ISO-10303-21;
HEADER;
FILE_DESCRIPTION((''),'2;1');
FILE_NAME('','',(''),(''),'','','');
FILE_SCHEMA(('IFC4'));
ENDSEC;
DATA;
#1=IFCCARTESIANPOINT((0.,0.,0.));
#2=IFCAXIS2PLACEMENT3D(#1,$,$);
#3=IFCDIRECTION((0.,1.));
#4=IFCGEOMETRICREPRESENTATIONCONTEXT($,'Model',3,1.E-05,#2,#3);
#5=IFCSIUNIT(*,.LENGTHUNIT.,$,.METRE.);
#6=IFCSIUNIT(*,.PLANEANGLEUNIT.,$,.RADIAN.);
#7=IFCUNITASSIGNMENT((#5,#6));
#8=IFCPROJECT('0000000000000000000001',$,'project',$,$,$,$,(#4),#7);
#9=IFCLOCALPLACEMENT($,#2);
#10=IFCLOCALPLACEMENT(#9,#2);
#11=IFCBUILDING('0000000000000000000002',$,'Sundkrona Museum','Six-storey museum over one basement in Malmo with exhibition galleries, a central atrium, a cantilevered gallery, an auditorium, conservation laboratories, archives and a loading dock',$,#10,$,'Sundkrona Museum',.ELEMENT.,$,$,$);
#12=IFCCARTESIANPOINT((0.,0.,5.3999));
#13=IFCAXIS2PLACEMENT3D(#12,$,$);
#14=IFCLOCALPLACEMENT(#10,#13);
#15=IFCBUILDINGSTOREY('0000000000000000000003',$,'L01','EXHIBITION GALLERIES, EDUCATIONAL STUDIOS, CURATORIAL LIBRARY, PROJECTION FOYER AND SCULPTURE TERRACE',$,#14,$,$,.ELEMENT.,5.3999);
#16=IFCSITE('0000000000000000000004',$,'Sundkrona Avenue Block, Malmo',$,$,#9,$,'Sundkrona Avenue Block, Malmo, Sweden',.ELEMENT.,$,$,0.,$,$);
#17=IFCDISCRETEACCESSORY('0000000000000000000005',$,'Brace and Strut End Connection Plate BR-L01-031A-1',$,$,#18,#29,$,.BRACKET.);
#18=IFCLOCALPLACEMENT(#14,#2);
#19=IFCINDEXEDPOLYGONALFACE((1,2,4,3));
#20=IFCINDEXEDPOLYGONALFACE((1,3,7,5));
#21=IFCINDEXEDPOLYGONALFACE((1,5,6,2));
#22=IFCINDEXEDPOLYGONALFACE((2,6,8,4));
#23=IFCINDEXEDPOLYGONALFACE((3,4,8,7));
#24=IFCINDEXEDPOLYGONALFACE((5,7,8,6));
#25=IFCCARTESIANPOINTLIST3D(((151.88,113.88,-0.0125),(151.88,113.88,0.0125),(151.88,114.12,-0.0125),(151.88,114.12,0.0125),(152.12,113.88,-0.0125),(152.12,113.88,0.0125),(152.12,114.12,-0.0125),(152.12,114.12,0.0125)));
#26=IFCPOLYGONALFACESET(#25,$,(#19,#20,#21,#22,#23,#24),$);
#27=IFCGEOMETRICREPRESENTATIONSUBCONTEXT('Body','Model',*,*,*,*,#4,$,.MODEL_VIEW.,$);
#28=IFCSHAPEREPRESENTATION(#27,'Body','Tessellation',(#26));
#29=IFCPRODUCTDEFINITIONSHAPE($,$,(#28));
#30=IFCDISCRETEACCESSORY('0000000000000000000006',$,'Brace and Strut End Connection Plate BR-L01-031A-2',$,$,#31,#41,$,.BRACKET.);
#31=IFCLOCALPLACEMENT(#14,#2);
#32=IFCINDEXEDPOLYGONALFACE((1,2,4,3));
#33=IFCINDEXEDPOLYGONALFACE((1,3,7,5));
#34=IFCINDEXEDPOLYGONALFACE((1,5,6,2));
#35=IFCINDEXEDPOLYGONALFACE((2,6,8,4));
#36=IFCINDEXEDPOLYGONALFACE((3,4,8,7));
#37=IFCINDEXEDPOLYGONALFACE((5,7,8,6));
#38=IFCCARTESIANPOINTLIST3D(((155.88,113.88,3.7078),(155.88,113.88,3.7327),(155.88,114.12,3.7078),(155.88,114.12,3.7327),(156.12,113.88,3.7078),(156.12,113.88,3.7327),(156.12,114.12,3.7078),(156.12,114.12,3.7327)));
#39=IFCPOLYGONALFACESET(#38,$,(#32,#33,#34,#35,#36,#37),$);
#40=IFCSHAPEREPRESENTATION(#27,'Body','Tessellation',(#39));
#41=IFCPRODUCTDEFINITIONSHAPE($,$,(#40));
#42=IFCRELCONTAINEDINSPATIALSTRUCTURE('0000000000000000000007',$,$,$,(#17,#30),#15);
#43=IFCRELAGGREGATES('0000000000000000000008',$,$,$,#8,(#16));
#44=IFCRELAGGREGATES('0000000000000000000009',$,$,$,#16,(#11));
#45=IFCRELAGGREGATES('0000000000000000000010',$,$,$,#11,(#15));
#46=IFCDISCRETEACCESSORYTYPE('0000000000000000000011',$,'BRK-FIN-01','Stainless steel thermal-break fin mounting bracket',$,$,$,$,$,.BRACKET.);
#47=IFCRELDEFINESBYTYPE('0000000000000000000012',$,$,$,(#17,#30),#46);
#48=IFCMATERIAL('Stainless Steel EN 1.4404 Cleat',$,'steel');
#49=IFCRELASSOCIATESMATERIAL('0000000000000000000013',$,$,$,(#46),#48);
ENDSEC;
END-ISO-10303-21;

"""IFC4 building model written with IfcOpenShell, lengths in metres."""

from ifc_helpers import new_model, si_unit, direction, frame, origin, origin_2d, place, context, subcontext, project, spatial, rectangle, extrude, material, type_object, element, save


model = new_model("IFC4")

# Units and contexts
model_context = context("Model", 3, precision=1e-05, world=origin(), true_north=direction((0.0, 1.0)))
body_context = subcontext(model_context, "Body", "Model", "MODEL_VIEW")
ifc_project = project(units=[si_unit("LENGTHUNIT", "METRE"), si_unit("PLANEANGLEUNIT", "RADIAN")], contexts=[model_context])

# Site, building, storey
site_placement = place(None, origin())
site = spatial("IfcSite", under=ifc_project, at=site_placement, Name="Sundkrona Avenue Block, Malmo", LongName="Sundkrona Avenue Block, Malmo, Sweden", CompositionType="ELEMENT", RefElevation=0.0)
building_placement = place(site_placement, origin())
building = spatial("IfcBuilding", under=site, at=building_placement, Name="Sundkrona Museum", Description="Six-storey museum over one basement in Malmo with exhibition galleries, a central atrium, a cantilevered gallery, an auditorium, conservation laboratories, archives and a loading dock", LongName="Sundkrona Museum", CompositionType="ELEMENT")
storey_placement = place(building_placement, frame((0.0, 0.0, 5.3999)))
storey = spatial("IfcBuildingStorey", under=building, at=storey_placement, Name="L01", Description="EXHIBITION GALLERIES, EDUCATIONAL STUDIOS, CURATORIAL LIBRARY, PROJECTION FOYER AND SCULPTURE TERRACE", CompositionType="ELEMENT", Elevation=5.3999)

# Discrete accessories
ifc_material_1 = material(Name="Stainless Steel EN 1.4404 Cleat", Category="steel")
discrete_accessory_type = type_object("IfcDiscreteAccessoryType", Name="BRK-FIN-01", Description="Stainless steel thermal-break fin mounting bracket", PredefinedType="BRACKET", material=ifc_material_1)
for number, where, z_axis, x_axis, name in (
    (1, (152.0, 114.0, -0.0125), (0.0, 0.0, 1.0), (1.0, 0.0, 0.0), "Brace and Strut End Connection Plate BR-L01-031A-1"),
    (2, (156.0, 114.0, 3.7078), (0.0, 0.0, 1.0), (1.0, 0.0, 0.0), "Brace and Strut End Connection Plate BR-L01-031A-2"),
):
    element("IfcDiscreteAccessory", number, at=place(storey_placement, frame(where, z_axis=z_axis, x_axis=x_axis)), inside=storey, type_object=discrete_accessory_type, Name=name, PredefinedType="BRACKET", context=body_context, shape_type="SweptSolid", body=[
        extrude(rectangle(XDim=0.24, YDim=0.24, at=origin_2d()), origin(), (0.0, 0.0, 1.0), 0.0249),
    ])

save(model, "model.ifc")
